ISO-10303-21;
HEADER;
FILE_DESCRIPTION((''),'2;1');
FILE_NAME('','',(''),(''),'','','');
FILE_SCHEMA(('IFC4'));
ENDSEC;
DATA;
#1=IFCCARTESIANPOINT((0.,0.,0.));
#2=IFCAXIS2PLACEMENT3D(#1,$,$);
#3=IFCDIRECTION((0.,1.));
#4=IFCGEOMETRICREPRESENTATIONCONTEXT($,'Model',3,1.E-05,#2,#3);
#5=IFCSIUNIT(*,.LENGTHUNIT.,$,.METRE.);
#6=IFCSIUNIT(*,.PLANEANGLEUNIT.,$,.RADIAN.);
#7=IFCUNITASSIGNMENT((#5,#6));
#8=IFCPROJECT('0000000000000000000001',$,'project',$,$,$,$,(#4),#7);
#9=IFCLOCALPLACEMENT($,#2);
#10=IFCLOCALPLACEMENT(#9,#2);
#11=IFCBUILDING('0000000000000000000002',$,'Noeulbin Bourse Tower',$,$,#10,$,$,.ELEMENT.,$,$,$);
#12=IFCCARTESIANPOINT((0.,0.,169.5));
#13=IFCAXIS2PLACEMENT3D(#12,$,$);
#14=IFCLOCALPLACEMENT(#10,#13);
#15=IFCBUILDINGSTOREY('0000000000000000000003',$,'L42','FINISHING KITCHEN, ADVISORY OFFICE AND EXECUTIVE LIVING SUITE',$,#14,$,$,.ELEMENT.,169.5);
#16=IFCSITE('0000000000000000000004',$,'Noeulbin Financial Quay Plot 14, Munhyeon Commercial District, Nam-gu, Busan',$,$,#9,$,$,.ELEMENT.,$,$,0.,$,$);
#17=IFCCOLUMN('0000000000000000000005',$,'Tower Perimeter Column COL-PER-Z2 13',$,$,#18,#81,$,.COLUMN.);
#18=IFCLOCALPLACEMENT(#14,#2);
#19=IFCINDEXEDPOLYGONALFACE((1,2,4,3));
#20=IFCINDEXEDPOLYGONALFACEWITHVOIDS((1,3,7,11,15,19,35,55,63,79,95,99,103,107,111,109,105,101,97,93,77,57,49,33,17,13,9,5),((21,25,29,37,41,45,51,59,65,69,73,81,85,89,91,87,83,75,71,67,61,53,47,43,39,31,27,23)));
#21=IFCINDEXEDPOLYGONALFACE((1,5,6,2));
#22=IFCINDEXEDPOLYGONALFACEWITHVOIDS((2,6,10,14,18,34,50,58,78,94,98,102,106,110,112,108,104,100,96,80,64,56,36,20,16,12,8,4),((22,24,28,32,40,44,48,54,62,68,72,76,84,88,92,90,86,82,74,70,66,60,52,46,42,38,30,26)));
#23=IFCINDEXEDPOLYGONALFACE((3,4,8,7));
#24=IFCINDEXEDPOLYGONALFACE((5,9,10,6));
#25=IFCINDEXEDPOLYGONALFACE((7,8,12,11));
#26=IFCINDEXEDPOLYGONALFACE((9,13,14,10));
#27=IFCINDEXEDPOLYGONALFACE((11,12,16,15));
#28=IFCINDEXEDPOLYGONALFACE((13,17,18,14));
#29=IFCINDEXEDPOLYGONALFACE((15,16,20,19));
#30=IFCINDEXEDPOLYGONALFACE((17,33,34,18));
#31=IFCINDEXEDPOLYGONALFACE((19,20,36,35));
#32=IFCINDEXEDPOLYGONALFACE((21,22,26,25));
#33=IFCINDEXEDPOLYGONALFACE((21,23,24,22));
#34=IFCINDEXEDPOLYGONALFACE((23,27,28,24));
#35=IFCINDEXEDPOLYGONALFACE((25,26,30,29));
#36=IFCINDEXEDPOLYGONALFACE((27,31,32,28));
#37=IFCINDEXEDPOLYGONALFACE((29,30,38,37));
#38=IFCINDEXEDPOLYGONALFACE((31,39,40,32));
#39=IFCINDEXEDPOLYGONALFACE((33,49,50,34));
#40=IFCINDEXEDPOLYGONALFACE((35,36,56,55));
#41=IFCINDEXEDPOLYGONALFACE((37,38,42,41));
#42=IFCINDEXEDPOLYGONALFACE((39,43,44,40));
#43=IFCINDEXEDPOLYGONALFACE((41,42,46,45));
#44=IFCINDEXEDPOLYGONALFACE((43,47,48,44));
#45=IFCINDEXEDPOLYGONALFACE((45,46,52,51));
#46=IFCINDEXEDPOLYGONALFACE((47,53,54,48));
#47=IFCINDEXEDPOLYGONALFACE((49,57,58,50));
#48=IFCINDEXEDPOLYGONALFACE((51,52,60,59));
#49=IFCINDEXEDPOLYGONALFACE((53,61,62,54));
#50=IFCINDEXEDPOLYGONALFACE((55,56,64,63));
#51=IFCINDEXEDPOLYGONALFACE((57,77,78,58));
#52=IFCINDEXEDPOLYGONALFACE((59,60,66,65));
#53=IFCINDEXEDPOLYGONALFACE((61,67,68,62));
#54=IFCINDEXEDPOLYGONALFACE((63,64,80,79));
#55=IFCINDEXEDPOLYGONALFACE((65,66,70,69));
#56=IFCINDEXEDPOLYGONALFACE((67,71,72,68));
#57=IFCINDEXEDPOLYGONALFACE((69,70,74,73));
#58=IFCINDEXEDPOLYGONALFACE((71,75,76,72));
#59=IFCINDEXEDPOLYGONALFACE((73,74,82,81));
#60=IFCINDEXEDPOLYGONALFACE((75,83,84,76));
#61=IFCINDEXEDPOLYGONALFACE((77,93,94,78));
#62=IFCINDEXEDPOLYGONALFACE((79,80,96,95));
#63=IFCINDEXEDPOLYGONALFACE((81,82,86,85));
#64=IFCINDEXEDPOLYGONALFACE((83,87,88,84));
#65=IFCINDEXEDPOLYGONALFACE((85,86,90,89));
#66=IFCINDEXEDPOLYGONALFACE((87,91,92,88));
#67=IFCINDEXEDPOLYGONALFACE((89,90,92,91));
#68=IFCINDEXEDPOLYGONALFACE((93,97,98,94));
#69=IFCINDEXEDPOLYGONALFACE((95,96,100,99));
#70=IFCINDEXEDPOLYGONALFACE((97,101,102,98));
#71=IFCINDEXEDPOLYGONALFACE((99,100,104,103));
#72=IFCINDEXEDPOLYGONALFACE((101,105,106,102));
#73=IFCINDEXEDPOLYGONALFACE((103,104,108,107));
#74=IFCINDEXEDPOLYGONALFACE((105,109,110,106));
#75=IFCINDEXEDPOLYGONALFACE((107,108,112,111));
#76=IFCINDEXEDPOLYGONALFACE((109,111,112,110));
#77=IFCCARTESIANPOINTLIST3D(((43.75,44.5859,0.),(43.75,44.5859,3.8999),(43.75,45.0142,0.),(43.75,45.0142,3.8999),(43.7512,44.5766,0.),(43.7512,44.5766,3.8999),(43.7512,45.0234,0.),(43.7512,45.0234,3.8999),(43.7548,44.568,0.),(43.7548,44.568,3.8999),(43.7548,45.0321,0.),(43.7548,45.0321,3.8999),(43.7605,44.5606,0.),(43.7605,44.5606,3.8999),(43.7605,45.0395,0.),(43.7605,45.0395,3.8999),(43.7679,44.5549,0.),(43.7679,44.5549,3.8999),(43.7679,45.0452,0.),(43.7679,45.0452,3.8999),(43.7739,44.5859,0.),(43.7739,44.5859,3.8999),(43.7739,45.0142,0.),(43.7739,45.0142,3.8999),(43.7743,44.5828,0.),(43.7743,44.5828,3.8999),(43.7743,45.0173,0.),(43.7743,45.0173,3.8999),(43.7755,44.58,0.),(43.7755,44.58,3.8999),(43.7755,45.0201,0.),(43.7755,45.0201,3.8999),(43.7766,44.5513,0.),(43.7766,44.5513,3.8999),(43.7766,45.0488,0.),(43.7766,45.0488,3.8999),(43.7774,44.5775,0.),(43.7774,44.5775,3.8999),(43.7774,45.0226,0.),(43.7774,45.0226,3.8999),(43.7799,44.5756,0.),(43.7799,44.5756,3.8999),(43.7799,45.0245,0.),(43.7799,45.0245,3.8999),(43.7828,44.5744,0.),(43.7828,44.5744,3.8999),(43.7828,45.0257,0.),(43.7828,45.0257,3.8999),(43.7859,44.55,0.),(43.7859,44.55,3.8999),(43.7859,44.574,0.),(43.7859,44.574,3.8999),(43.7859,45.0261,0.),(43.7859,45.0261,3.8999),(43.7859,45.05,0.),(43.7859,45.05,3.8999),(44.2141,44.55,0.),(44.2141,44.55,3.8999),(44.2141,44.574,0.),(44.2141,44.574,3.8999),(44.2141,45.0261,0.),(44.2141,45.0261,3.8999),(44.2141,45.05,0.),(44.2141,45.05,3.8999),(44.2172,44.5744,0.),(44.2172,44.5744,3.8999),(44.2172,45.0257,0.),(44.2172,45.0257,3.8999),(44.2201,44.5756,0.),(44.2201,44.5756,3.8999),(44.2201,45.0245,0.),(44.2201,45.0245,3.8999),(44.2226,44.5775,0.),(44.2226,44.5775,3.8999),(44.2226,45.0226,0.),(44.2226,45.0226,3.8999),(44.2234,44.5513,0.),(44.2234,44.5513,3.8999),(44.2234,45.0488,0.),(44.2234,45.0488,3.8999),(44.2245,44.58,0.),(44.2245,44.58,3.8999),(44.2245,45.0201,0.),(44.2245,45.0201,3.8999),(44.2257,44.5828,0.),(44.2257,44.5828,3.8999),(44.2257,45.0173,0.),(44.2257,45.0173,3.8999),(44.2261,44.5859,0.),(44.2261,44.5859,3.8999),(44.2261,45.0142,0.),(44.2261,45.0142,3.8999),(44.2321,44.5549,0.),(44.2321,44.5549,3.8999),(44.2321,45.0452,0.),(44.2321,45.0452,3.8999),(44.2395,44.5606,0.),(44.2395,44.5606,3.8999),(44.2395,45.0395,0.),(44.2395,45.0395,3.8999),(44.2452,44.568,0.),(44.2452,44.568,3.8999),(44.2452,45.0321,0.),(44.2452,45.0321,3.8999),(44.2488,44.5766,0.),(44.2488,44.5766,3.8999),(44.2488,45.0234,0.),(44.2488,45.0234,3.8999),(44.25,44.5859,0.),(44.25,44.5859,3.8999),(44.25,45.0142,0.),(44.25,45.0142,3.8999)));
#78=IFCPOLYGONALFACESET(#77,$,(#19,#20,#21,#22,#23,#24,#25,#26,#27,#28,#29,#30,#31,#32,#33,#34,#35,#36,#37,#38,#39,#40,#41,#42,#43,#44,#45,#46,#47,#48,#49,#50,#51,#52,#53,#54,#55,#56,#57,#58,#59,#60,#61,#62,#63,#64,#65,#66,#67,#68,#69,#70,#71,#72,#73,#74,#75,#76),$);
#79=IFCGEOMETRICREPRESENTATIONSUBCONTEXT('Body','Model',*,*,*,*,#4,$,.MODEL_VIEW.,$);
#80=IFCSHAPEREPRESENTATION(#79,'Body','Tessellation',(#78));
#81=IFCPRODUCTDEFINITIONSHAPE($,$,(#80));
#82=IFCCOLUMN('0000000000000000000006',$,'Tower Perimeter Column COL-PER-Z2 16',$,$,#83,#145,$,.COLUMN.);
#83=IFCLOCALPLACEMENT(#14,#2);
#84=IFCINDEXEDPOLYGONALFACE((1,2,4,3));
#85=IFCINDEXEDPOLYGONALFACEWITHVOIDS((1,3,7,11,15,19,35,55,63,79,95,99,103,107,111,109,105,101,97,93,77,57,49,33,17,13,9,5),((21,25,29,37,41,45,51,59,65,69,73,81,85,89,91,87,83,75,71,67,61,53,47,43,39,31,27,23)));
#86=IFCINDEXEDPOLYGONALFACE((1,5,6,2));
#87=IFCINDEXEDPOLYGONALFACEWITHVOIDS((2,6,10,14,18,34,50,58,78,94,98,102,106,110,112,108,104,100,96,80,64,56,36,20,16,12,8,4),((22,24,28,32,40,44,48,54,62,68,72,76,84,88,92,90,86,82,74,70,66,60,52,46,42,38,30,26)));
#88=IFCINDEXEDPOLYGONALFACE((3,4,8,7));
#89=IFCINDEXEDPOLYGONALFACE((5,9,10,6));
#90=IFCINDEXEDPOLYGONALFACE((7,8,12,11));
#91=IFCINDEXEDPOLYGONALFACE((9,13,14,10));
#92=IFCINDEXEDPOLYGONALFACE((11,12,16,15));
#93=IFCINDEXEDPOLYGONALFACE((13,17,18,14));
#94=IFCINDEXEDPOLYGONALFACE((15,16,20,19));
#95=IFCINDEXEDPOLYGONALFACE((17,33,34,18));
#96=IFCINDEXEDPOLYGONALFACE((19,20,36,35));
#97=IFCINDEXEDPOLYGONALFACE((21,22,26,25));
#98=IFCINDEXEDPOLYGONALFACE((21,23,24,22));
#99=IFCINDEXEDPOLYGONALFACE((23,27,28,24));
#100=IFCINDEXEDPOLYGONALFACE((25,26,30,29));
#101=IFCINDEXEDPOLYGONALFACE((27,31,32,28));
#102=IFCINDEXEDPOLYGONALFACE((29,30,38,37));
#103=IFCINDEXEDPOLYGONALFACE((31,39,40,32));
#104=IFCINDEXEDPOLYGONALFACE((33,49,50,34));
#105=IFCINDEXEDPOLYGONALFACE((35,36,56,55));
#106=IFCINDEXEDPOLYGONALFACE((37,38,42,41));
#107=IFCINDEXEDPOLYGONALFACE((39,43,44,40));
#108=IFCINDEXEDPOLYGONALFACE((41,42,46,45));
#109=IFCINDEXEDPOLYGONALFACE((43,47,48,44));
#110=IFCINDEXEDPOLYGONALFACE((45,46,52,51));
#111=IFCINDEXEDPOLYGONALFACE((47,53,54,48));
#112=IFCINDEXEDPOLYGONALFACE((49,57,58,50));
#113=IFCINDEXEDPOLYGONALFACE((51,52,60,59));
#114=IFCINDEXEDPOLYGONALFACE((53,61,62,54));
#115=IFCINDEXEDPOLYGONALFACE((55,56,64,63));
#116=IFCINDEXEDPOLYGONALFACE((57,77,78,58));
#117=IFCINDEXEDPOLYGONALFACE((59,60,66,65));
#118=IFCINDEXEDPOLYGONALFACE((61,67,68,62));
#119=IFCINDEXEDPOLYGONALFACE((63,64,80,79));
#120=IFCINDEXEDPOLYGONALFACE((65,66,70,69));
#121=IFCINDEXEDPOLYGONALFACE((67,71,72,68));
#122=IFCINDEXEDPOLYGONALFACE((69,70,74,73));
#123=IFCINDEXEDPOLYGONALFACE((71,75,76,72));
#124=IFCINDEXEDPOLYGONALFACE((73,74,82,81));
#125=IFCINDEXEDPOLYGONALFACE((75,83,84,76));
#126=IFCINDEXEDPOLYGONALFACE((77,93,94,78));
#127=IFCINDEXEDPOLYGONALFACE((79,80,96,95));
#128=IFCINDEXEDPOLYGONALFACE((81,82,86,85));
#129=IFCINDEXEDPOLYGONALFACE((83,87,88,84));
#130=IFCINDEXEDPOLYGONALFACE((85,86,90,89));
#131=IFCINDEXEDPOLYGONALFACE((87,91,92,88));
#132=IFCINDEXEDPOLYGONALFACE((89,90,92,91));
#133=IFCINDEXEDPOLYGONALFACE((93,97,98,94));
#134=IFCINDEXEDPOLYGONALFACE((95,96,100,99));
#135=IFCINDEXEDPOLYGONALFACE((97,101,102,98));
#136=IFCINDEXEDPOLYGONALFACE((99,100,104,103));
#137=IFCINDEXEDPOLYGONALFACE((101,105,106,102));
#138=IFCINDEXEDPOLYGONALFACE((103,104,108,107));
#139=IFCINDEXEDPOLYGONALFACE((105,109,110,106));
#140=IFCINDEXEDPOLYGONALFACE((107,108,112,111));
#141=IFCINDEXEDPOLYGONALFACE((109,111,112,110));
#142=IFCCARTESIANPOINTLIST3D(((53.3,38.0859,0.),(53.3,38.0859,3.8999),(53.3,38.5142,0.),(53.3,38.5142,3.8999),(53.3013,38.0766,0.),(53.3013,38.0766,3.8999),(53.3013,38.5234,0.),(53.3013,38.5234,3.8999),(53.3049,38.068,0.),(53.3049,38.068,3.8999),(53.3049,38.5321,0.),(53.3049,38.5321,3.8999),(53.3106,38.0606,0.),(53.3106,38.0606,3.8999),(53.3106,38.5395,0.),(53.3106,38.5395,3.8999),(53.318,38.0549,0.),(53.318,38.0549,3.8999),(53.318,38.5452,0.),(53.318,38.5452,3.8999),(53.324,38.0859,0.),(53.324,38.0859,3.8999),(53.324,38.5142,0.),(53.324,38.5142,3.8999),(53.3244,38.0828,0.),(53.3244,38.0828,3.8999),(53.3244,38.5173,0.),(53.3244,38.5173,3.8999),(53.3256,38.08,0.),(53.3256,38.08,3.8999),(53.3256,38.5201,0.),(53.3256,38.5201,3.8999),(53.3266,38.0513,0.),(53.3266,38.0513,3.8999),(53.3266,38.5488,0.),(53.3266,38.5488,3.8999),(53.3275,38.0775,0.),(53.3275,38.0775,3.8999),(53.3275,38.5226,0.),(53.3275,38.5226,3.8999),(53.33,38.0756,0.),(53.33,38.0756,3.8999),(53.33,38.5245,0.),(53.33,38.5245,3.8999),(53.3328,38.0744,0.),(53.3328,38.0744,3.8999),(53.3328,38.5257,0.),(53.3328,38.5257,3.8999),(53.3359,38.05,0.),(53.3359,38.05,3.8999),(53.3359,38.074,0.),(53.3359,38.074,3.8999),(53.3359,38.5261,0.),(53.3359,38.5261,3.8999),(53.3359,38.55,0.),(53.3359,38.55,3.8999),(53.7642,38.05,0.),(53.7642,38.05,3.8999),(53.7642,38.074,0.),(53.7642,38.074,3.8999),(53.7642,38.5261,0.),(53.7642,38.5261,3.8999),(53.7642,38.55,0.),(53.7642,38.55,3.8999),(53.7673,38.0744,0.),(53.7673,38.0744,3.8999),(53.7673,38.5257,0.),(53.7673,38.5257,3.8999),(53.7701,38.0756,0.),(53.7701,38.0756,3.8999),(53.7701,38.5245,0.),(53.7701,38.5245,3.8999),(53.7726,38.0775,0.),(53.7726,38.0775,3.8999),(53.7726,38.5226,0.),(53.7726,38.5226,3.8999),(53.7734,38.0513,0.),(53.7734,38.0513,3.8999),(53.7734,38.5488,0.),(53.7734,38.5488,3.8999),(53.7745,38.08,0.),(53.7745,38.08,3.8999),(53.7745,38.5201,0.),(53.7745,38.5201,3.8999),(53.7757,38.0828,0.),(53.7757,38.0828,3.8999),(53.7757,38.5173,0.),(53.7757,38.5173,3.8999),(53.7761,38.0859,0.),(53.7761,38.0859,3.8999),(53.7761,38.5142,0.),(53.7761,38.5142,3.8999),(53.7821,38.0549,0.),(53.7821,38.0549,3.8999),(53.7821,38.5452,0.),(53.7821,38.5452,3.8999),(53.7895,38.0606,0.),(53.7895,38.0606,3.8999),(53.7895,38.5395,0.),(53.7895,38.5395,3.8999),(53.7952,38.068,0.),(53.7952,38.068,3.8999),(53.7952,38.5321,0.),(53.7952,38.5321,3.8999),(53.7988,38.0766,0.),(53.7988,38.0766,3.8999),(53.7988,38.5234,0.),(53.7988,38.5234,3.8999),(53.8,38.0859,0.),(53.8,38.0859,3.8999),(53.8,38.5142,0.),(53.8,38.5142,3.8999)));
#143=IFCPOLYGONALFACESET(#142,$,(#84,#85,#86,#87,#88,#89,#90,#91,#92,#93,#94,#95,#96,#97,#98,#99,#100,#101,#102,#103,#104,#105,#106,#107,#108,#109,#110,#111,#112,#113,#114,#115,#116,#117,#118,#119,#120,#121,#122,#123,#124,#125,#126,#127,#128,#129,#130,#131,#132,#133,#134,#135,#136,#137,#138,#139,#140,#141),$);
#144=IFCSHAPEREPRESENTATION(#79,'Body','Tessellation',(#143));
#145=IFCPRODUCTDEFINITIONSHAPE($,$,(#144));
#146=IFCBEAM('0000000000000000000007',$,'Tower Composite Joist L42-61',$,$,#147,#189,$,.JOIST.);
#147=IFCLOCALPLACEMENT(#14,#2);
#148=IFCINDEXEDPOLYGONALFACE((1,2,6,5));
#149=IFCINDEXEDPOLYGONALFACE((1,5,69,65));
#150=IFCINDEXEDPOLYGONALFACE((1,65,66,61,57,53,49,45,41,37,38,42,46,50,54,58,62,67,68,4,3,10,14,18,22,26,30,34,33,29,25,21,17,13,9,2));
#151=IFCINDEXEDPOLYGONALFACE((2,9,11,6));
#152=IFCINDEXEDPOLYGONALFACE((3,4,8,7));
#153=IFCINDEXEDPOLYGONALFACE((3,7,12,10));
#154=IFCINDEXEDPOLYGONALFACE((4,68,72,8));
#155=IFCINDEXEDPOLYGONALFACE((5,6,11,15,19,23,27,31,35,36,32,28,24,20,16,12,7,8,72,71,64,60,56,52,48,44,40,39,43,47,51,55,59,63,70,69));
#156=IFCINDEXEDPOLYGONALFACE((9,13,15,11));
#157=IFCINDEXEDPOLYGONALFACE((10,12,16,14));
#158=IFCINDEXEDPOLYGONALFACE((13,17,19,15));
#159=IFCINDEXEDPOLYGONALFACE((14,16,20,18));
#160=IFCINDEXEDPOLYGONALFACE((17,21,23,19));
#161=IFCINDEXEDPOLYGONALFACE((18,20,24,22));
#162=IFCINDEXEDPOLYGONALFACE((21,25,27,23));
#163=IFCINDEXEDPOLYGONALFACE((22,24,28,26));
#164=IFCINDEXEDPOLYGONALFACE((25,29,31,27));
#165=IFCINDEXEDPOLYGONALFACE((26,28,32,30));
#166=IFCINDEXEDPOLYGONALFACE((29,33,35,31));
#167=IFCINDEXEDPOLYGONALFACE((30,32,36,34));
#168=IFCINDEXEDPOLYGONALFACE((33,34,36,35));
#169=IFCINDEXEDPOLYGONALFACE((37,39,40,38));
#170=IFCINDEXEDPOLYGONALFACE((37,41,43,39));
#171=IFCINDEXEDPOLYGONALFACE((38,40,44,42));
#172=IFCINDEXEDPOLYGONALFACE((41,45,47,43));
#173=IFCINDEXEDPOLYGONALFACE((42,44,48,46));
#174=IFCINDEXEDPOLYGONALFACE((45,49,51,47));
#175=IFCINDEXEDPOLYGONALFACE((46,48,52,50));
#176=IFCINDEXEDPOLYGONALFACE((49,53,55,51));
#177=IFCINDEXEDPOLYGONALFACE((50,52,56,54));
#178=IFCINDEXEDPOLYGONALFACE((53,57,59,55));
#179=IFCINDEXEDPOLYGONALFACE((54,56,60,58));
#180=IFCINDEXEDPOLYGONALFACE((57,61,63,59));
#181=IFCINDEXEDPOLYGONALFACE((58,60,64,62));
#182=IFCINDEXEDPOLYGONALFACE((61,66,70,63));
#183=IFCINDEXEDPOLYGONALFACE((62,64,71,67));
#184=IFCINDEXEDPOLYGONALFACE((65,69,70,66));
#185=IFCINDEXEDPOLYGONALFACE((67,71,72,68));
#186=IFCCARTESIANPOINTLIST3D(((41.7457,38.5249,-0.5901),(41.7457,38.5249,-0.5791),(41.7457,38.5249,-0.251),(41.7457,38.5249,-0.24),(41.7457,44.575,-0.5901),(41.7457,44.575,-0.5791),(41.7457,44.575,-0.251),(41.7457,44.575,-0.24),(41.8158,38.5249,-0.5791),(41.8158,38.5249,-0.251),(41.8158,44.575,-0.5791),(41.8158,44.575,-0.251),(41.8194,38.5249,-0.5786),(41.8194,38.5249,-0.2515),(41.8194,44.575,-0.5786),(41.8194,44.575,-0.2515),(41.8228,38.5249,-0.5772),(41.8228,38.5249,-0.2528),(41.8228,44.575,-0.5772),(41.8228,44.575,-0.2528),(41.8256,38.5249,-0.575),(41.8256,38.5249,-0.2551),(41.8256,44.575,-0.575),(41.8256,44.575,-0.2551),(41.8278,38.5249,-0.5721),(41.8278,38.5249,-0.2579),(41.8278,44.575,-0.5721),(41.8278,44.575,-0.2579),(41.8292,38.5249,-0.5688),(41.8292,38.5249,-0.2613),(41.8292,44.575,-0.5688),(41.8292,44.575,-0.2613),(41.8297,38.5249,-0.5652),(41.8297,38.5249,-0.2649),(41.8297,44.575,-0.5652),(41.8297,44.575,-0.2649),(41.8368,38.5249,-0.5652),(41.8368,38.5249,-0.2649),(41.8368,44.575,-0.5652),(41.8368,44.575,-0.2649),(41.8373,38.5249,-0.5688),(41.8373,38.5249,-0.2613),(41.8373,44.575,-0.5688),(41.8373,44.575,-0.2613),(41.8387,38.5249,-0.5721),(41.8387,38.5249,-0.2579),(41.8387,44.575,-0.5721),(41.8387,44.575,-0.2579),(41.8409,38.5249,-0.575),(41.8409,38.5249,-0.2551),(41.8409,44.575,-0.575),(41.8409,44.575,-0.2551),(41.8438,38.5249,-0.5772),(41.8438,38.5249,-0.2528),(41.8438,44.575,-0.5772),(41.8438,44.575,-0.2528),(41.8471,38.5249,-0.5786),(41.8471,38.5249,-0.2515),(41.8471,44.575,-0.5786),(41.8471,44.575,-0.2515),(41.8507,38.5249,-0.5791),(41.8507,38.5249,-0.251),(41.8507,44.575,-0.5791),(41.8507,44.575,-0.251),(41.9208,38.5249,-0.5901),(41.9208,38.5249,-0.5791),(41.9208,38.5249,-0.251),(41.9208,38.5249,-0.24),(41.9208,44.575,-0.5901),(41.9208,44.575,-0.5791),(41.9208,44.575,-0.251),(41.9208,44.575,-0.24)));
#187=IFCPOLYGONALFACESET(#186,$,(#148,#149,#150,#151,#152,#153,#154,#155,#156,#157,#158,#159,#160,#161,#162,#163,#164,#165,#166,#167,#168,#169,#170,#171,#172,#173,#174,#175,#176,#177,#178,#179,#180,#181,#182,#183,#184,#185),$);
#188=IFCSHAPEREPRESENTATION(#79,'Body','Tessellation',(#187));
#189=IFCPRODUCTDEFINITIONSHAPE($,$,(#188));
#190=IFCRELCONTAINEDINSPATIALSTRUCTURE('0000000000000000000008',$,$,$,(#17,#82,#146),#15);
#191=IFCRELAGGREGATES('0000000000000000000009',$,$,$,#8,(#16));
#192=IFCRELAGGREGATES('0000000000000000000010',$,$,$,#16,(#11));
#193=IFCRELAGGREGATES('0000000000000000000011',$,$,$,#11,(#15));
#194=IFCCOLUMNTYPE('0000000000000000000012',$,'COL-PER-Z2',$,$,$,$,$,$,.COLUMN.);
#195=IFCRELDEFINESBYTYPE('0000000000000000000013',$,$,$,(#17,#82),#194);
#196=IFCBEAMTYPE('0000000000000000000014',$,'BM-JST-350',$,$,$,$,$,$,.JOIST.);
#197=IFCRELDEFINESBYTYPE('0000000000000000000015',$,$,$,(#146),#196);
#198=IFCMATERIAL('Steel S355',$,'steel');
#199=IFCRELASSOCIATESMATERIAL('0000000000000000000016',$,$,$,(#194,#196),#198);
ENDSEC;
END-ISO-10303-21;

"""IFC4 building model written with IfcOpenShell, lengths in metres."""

from ifc_helpers import new_model, si_unit, direction, frame, origin, origin_2d, place, context, subcontext, project, spatial, hollow_rectangle, i_section, extrude, material, material_profile, profile_set, type_object, element, save


model = new_model("IFC4")

# Units and contexts
model_context = context("Model", 3, precision=1e-05, world=origin(), true_north=direction((0.0, 1.0)))
body_context = subcontext(model_context, "Body", "Model", "MODEL_VIEW")
ifc_project = project(units=[si_unit("LENGTHUNIT", "METRE"), si_unit("PLANEANGLEUNIT", "RADIAN")], contexts=[model_context])

# Site, building, storey
site_placement = place(None, origin())
site = spatial("IfcSite", under=ifc_project, at=site_placement, Name="Noeulbin Financial Quay Plot 14, Munhyeon Commercial District, Nam-gu, Busan", CompositionType="ELEMENT", RefElevation=0.0)
building_placement = place(site_placement, origin())
building = spatial("IfcBuilding", under=site, at=building_placement, Name="Noeulbin Bourse Tower", CompositionType="ELEMENT")
storey_placement = place(building_placement, frame((0.0, 0.0, 169.5)))
storey = spatial("IfcBuildingStorey", under=building, at=storey_placement, Name="L42", Description="FINISHING KITCHEN, ADVISORY OFFICE AND EXECUTIVE LIVING SUITE", CompositionType="ELEMENT", Elevation=169.5)

# Columns
ifc_material_1 = material(Name="Steel S355", Category="steel")
ifc_material_profile_1 = material_profile(ifc_material_1, hollow_rectangle(XDim=0.5, YDim=0.5, WallThickness=0.0239, InnerFilletRadius=0.012, OuterFilletRadius=0.0359, at=origin_2d()), Name="BOX-500x500x24", Category="LoadBearing")
ifc_profile_set_1 = profile_set([ifc_material_profile_1], Name="Steel S355")
column_type = type_object("IfcColumnType", Name="COL-PER-Z2", PredefinedType="COLUMN", material=ifc_profile_set_1)
for number, where, z_axis, x_axis, name in (
    (1, (44.0, 44.8, 0.0), (0.0, 0.0, 1.0), (1.0, 0.0, 0.0), "Tower Perimeter Column COL-PER-Z2 13"),
    (2, (53.55, 38.3, 0.0), (0.0, 0.0, 1.0), (1.0, 0.0, 0.0), "Tower Perimeter Column COL-PER-Z2 16"),
):
    element("IfcColumn", number, at=place(storey_placement, frame(where, z_axis=z_axis, x_axis=x_axis)), inside=storey, type_object=column_type, Name=name, PredefinedType="COLUMN", context=body_context, shape_type="SweptSolid", body=[
        extrude(hollow_rectangle(XDim=0.5, YDim=0.5, WallThickness=0.0239, InnerFilletRadius=0.012, OuterFilletRadius=0.0359, at=origin_2d()), origin(), (0.0, 0.0, 1.0), 3.8999),
    ])

# Beam
ifc_material_profile_2 = material_profile(ifc_material_1, i_section(OverallWidth=0.175, OverallDepth=0.3501, WebThickness=0.0071, FlangeThickness=0.011, FilletRadius=0.0139, at=origin_2d()), Name="H-350x175x7x11", Category="LoadBearing")
ifc_profile_set_2 = profile_set([ifc_material_profile_2], Name="Steel S355")
beam_type_1 = type_object("IfcBeamType", Name="BM-JST-350", PredefinedType="JOIST", material=ifc_profile_set_2)
for number, where, z_axis, x_axis, name in (
    (3, (41.8333, 38.5249, -0.415), (0.0, 1.0, 0.0), (-1.0, 0.0, 0.0), "Tower Composite Joist L42-61"),
):
    element("IfcBeam", number, at=place(storey_placement, frame(where, z_axis=z_axis, x_axis=x_axis)), inside=storey, type_object=beam_type_1, Name=name, PredefinedType="JOIST", context=body_context, shape_type="SweptSolid", body=[
        extrude(i_section(OverallWidth=0.175, OverallDepth=0.3501, WebThickness=0.0071, FlangeThickness=0.011, FilletRadius=0.0139, at=origin_2d()), origin(), (0.0, 0.0, 1.0), 6.05),
    ])

save(model, "model.ifc")
